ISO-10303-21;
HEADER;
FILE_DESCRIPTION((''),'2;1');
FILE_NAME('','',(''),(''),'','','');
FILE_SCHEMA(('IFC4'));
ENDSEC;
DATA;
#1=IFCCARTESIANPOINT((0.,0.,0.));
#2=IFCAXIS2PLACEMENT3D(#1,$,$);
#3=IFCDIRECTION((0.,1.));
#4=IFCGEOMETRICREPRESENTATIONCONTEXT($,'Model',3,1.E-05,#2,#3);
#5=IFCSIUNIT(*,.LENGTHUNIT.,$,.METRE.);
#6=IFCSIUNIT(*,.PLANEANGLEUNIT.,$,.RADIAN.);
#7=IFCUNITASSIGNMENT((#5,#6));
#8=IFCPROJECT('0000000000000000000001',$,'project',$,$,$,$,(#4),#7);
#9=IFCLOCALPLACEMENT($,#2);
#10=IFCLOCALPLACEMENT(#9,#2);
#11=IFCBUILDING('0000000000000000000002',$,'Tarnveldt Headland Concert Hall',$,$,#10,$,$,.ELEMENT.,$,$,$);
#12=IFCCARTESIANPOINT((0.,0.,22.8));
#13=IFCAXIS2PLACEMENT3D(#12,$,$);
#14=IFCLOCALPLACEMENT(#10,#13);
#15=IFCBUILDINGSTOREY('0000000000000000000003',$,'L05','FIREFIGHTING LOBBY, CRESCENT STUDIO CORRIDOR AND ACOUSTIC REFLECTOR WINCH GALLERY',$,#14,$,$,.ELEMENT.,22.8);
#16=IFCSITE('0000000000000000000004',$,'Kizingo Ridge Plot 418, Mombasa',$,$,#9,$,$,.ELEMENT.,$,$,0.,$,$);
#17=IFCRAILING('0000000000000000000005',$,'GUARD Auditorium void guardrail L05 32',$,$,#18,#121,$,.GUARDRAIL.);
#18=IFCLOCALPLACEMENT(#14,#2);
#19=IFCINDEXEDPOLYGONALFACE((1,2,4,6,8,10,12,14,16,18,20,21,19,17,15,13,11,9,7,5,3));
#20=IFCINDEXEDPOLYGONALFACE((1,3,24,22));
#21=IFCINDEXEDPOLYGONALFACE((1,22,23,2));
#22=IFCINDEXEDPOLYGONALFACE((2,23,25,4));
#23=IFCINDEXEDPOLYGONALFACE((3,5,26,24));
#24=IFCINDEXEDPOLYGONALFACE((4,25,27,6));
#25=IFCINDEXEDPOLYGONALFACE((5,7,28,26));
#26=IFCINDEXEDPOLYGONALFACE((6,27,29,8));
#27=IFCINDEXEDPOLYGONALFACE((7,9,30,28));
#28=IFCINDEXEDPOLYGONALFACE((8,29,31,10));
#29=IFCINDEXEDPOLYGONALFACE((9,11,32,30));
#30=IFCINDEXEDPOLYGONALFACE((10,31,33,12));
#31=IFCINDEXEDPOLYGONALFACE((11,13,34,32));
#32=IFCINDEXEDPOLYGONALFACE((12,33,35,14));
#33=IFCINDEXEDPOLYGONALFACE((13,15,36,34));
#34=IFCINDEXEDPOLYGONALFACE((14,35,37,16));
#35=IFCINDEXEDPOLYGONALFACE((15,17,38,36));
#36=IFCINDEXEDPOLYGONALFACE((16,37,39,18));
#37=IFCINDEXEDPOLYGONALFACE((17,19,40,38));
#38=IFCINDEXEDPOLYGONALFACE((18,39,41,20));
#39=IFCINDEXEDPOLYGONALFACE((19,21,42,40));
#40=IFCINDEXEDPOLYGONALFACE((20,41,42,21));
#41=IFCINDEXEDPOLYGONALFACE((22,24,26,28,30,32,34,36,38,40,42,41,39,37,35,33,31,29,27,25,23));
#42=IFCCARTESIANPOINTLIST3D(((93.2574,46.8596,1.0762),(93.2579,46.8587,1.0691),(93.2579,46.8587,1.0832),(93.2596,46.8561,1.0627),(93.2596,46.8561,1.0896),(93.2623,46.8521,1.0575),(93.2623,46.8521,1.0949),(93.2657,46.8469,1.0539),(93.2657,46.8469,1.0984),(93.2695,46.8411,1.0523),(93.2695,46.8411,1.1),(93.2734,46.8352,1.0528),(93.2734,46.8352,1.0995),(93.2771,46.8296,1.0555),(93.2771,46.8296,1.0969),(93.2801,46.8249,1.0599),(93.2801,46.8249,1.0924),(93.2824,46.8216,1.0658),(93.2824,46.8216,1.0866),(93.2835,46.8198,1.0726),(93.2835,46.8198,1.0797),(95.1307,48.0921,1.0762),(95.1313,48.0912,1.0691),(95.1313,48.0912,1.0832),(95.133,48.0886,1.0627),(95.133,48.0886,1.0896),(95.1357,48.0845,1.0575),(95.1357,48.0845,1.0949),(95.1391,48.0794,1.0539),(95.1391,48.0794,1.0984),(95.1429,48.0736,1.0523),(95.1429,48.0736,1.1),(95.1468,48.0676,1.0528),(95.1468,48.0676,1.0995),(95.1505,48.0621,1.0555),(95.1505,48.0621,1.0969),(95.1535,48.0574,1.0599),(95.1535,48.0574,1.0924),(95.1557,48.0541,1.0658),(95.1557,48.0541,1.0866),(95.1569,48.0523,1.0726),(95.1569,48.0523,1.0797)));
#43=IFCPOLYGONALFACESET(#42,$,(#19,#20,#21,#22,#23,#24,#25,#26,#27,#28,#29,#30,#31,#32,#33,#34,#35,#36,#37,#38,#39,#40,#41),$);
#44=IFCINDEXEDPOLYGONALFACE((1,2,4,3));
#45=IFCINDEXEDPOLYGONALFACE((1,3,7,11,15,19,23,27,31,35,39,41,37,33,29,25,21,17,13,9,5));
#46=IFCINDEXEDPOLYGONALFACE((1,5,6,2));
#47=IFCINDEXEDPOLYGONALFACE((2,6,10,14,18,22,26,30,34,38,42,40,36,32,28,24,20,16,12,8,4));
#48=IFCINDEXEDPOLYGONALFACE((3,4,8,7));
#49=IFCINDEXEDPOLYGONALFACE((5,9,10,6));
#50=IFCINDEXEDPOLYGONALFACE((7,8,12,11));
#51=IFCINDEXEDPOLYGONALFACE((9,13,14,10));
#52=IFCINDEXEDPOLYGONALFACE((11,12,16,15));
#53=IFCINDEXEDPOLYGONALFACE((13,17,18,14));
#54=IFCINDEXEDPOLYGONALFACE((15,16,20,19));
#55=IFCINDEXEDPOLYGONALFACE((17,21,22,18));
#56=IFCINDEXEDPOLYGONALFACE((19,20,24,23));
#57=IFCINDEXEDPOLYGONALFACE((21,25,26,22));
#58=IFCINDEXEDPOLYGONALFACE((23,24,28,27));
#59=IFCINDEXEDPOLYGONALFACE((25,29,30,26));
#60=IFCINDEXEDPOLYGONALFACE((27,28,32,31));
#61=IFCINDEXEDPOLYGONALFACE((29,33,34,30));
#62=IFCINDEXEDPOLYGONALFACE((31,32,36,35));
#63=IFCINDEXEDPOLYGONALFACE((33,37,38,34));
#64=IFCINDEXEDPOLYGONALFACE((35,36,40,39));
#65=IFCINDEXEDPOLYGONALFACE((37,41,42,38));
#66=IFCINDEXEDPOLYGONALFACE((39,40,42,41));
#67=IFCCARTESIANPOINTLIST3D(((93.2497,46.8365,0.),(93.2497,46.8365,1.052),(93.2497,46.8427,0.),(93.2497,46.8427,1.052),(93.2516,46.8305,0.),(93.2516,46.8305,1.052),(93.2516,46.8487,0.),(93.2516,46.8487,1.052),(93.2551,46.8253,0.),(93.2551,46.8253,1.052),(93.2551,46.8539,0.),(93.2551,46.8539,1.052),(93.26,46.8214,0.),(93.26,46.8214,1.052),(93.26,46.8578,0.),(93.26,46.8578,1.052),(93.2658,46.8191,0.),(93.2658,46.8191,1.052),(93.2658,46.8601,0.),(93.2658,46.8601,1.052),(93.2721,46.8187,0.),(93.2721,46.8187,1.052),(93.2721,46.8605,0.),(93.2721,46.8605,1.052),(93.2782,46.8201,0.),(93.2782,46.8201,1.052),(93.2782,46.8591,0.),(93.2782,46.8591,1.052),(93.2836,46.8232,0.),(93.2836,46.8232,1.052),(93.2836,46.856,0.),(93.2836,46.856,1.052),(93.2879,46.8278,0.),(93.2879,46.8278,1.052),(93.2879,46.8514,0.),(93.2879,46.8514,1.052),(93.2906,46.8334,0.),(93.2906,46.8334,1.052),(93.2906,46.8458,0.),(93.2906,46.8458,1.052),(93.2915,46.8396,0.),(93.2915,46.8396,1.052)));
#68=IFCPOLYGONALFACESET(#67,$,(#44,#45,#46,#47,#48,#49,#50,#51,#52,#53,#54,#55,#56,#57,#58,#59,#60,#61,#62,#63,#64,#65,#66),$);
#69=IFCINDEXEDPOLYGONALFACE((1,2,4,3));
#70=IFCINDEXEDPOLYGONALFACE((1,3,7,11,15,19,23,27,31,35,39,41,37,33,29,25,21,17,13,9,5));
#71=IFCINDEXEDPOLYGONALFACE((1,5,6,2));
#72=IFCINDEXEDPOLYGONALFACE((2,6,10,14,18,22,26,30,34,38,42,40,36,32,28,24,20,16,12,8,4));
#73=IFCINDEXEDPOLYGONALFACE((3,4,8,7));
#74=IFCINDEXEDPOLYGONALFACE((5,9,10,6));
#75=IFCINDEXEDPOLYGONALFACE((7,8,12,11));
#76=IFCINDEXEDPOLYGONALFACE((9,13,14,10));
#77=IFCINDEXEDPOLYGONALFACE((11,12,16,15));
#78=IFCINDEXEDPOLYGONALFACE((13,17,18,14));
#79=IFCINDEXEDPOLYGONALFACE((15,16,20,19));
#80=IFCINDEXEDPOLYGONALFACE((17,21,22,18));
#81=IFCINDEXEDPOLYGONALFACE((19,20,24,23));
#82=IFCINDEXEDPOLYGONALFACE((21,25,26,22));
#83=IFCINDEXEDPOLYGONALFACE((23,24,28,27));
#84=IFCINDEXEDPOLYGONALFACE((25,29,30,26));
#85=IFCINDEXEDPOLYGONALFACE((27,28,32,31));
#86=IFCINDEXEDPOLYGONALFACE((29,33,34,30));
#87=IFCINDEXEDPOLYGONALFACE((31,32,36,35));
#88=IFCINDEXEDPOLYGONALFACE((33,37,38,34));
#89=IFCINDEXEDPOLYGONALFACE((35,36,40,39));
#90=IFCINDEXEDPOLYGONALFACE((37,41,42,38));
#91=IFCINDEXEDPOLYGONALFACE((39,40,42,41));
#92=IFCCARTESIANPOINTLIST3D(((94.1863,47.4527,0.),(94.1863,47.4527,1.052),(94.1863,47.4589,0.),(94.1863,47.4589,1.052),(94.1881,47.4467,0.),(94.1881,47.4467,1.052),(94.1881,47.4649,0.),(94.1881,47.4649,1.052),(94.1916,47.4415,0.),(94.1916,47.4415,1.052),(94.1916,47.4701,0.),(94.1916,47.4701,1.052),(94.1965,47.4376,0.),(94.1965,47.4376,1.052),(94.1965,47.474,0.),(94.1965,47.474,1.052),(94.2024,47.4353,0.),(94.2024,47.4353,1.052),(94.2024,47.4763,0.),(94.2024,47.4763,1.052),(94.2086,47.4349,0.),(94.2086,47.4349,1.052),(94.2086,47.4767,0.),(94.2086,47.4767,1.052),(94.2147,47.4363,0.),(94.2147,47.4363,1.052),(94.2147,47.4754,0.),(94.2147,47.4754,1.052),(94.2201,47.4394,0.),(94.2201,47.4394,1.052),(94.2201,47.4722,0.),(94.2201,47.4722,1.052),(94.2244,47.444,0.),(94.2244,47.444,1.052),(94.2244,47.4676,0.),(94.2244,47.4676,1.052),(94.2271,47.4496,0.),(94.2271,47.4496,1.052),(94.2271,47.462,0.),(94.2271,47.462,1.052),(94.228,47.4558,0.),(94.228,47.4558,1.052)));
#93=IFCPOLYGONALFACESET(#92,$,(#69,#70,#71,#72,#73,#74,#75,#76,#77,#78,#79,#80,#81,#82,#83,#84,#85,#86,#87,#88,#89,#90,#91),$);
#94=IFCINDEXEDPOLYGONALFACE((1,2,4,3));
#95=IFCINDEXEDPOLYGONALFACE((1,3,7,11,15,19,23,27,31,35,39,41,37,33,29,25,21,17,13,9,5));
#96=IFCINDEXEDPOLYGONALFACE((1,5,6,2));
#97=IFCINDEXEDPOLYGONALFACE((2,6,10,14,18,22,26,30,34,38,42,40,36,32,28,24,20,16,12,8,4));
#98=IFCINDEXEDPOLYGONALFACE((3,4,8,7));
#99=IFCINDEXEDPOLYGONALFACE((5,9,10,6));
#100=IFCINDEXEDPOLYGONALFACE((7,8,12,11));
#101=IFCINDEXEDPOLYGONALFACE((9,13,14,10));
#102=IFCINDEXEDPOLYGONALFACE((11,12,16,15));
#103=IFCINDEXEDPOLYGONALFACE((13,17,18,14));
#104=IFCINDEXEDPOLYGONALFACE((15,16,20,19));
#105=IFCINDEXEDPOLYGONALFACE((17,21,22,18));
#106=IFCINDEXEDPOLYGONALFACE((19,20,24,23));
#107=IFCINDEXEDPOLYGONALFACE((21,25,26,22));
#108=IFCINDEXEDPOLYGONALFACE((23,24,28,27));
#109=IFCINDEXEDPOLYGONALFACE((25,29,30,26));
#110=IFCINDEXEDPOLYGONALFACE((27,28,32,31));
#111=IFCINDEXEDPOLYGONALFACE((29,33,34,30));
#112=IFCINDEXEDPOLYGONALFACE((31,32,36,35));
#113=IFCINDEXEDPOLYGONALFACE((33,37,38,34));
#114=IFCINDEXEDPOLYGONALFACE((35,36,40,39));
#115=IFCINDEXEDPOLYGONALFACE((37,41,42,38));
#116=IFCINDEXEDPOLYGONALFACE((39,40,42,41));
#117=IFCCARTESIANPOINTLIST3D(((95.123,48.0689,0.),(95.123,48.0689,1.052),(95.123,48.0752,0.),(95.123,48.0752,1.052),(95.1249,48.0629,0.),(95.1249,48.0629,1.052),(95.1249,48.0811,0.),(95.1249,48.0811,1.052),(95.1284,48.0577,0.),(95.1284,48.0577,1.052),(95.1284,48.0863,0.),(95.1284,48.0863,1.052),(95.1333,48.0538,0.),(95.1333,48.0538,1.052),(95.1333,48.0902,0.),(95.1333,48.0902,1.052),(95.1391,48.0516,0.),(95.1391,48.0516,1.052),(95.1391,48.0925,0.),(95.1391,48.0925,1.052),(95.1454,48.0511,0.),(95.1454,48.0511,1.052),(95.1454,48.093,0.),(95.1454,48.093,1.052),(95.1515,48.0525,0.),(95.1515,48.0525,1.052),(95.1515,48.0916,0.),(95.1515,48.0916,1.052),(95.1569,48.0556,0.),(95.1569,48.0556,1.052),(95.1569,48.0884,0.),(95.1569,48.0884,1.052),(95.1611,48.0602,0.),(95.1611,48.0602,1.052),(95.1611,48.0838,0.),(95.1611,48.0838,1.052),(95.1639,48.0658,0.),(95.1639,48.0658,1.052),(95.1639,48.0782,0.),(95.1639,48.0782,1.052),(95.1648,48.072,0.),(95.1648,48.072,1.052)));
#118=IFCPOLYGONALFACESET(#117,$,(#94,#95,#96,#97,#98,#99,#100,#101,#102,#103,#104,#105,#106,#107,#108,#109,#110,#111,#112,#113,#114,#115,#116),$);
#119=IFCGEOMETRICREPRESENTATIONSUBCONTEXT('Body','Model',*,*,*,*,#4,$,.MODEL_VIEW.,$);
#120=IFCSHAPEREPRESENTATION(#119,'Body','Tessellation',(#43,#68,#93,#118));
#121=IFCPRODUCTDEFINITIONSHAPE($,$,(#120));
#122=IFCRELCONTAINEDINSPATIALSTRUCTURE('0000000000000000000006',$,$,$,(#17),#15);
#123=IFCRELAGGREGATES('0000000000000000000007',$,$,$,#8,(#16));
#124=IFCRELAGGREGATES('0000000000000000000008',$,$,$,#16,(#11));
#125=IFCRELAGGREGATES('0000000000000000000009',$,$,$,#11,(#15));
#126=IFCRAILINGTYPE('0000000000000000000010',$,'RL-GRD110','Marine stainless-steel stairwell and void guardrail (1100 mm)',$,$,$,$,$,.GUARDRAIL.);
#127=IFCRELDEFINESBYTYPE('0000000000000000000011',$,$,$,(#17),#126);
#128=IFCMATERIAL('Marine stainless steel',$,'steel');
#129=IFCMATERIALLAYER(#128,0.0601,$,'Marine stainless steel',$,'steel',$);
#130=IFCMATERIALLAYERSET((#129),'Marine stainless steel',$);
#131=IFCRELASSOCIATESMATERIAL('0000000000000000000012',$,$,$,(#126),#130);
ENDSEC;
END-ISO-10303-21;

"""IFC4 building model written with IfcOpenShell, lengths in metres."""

from ifc_helpers import new_model, si_unit, direction, frame, origin, origin_2d, place, context, subcontext, project, spatial, circle, extrude, material, layer, layer_set, type_object, element, save


model = new_model("IFC4")

# Units and contexts
model_context = context("Model", 3, precision=1e-05, world=origin(), true_north=direction((0.0, 1.0)))
body_context = subcontext(model_context, "Body", "Model", "MODEL_VIEW")
ifc_project = project(units=[si_unit("LENGTHUNIT", "METRE"), si_unit("PLANEANGLEUNIT", "RADIAN")], contexts=[model_context])

# Site, building, storey
site_placement = place(None, origin())
site = spatial("IfcSite", under=ifc_project, at=site_placement, Name="Kizingo Ridge Plot 418, Mombasa", CompositionType="ELEMENT", RefElevation=0.0)
building_placement = place(site_placement, origin())
building = spatial("IfcBuilding", under=site, at=building_placement, Name="Tarnveldt Headland Concert Hall", CompositionType="ELEMENT")
storey_placement = place(building_placement, frame((0.0, 0.0, 22.8)))
storey = spatial("IfcBuildingStorey", under=building, at=storey_placement, Name="L05", Description="FIREFIGHTING LOBBY, CRESCENT STUDIO CORRIDOR AND ACOUSTIC REFLECTOR WINCH GALLERY", CompositionType="ELEMENT", Elevation=22.8)

# Railing
ifc_material_1 = material(Name="Marine stainless steel", Category="steel")
ifc_layer_1 = layer(ifc_material_1, 0.0601, Name="Marine stainless steel", Category="steel")
ifc_layer_set_1 = layer_set([ifc_layer_1], Name="Marine stainless steel")
railing_type = type_object("IfcRailingType", Name="RL-GRD110", Description="Marine stainless-steel stairwell and void guardrail (1100 mm)", PredefinedType="GUARDRAIL", material=ifc_layer_set_1)
railing_1_placement = place(storey_placement, frame((93.2705, 46.8396, 0.0)))
element("IfcRailing", 1, at=railing_1_placement, inside=storey, type_object=railing_type, Name="GUARD Auditorium void guardrail L05 32", PredefinedType="GUARDRAIL", context=body_context, shape_type="SweptSolid", body=[
    extrude(circle(Radius=0.0239, at=origin_2d()), frame((0.0, 0.0, 1.0762), z_axis=(0.835418, 0.549615, 0.0), x_axis=(-0.549615, 0.835418, 0.0)), (0.0, 0.0, 1.0), 2.2424),
    extrude(circle(Radius=0.021, at=origin_2d()), origin(), (0.0, 0.0, 1.0), 1.052),
    extrude(circle(Radius=0.021, at=origin_2d()), frame((0.9365, 0.6162, 0.0)), (0.0, 0.0, 1.0), 1.052),
    extrude(circle(Radius=0.021, at=origin_2d()), frame((1.8733, 1.2324, 0.0)), (0.0, 0.0, 1.0), 1.052),
])

save(model, "model.ifc")
